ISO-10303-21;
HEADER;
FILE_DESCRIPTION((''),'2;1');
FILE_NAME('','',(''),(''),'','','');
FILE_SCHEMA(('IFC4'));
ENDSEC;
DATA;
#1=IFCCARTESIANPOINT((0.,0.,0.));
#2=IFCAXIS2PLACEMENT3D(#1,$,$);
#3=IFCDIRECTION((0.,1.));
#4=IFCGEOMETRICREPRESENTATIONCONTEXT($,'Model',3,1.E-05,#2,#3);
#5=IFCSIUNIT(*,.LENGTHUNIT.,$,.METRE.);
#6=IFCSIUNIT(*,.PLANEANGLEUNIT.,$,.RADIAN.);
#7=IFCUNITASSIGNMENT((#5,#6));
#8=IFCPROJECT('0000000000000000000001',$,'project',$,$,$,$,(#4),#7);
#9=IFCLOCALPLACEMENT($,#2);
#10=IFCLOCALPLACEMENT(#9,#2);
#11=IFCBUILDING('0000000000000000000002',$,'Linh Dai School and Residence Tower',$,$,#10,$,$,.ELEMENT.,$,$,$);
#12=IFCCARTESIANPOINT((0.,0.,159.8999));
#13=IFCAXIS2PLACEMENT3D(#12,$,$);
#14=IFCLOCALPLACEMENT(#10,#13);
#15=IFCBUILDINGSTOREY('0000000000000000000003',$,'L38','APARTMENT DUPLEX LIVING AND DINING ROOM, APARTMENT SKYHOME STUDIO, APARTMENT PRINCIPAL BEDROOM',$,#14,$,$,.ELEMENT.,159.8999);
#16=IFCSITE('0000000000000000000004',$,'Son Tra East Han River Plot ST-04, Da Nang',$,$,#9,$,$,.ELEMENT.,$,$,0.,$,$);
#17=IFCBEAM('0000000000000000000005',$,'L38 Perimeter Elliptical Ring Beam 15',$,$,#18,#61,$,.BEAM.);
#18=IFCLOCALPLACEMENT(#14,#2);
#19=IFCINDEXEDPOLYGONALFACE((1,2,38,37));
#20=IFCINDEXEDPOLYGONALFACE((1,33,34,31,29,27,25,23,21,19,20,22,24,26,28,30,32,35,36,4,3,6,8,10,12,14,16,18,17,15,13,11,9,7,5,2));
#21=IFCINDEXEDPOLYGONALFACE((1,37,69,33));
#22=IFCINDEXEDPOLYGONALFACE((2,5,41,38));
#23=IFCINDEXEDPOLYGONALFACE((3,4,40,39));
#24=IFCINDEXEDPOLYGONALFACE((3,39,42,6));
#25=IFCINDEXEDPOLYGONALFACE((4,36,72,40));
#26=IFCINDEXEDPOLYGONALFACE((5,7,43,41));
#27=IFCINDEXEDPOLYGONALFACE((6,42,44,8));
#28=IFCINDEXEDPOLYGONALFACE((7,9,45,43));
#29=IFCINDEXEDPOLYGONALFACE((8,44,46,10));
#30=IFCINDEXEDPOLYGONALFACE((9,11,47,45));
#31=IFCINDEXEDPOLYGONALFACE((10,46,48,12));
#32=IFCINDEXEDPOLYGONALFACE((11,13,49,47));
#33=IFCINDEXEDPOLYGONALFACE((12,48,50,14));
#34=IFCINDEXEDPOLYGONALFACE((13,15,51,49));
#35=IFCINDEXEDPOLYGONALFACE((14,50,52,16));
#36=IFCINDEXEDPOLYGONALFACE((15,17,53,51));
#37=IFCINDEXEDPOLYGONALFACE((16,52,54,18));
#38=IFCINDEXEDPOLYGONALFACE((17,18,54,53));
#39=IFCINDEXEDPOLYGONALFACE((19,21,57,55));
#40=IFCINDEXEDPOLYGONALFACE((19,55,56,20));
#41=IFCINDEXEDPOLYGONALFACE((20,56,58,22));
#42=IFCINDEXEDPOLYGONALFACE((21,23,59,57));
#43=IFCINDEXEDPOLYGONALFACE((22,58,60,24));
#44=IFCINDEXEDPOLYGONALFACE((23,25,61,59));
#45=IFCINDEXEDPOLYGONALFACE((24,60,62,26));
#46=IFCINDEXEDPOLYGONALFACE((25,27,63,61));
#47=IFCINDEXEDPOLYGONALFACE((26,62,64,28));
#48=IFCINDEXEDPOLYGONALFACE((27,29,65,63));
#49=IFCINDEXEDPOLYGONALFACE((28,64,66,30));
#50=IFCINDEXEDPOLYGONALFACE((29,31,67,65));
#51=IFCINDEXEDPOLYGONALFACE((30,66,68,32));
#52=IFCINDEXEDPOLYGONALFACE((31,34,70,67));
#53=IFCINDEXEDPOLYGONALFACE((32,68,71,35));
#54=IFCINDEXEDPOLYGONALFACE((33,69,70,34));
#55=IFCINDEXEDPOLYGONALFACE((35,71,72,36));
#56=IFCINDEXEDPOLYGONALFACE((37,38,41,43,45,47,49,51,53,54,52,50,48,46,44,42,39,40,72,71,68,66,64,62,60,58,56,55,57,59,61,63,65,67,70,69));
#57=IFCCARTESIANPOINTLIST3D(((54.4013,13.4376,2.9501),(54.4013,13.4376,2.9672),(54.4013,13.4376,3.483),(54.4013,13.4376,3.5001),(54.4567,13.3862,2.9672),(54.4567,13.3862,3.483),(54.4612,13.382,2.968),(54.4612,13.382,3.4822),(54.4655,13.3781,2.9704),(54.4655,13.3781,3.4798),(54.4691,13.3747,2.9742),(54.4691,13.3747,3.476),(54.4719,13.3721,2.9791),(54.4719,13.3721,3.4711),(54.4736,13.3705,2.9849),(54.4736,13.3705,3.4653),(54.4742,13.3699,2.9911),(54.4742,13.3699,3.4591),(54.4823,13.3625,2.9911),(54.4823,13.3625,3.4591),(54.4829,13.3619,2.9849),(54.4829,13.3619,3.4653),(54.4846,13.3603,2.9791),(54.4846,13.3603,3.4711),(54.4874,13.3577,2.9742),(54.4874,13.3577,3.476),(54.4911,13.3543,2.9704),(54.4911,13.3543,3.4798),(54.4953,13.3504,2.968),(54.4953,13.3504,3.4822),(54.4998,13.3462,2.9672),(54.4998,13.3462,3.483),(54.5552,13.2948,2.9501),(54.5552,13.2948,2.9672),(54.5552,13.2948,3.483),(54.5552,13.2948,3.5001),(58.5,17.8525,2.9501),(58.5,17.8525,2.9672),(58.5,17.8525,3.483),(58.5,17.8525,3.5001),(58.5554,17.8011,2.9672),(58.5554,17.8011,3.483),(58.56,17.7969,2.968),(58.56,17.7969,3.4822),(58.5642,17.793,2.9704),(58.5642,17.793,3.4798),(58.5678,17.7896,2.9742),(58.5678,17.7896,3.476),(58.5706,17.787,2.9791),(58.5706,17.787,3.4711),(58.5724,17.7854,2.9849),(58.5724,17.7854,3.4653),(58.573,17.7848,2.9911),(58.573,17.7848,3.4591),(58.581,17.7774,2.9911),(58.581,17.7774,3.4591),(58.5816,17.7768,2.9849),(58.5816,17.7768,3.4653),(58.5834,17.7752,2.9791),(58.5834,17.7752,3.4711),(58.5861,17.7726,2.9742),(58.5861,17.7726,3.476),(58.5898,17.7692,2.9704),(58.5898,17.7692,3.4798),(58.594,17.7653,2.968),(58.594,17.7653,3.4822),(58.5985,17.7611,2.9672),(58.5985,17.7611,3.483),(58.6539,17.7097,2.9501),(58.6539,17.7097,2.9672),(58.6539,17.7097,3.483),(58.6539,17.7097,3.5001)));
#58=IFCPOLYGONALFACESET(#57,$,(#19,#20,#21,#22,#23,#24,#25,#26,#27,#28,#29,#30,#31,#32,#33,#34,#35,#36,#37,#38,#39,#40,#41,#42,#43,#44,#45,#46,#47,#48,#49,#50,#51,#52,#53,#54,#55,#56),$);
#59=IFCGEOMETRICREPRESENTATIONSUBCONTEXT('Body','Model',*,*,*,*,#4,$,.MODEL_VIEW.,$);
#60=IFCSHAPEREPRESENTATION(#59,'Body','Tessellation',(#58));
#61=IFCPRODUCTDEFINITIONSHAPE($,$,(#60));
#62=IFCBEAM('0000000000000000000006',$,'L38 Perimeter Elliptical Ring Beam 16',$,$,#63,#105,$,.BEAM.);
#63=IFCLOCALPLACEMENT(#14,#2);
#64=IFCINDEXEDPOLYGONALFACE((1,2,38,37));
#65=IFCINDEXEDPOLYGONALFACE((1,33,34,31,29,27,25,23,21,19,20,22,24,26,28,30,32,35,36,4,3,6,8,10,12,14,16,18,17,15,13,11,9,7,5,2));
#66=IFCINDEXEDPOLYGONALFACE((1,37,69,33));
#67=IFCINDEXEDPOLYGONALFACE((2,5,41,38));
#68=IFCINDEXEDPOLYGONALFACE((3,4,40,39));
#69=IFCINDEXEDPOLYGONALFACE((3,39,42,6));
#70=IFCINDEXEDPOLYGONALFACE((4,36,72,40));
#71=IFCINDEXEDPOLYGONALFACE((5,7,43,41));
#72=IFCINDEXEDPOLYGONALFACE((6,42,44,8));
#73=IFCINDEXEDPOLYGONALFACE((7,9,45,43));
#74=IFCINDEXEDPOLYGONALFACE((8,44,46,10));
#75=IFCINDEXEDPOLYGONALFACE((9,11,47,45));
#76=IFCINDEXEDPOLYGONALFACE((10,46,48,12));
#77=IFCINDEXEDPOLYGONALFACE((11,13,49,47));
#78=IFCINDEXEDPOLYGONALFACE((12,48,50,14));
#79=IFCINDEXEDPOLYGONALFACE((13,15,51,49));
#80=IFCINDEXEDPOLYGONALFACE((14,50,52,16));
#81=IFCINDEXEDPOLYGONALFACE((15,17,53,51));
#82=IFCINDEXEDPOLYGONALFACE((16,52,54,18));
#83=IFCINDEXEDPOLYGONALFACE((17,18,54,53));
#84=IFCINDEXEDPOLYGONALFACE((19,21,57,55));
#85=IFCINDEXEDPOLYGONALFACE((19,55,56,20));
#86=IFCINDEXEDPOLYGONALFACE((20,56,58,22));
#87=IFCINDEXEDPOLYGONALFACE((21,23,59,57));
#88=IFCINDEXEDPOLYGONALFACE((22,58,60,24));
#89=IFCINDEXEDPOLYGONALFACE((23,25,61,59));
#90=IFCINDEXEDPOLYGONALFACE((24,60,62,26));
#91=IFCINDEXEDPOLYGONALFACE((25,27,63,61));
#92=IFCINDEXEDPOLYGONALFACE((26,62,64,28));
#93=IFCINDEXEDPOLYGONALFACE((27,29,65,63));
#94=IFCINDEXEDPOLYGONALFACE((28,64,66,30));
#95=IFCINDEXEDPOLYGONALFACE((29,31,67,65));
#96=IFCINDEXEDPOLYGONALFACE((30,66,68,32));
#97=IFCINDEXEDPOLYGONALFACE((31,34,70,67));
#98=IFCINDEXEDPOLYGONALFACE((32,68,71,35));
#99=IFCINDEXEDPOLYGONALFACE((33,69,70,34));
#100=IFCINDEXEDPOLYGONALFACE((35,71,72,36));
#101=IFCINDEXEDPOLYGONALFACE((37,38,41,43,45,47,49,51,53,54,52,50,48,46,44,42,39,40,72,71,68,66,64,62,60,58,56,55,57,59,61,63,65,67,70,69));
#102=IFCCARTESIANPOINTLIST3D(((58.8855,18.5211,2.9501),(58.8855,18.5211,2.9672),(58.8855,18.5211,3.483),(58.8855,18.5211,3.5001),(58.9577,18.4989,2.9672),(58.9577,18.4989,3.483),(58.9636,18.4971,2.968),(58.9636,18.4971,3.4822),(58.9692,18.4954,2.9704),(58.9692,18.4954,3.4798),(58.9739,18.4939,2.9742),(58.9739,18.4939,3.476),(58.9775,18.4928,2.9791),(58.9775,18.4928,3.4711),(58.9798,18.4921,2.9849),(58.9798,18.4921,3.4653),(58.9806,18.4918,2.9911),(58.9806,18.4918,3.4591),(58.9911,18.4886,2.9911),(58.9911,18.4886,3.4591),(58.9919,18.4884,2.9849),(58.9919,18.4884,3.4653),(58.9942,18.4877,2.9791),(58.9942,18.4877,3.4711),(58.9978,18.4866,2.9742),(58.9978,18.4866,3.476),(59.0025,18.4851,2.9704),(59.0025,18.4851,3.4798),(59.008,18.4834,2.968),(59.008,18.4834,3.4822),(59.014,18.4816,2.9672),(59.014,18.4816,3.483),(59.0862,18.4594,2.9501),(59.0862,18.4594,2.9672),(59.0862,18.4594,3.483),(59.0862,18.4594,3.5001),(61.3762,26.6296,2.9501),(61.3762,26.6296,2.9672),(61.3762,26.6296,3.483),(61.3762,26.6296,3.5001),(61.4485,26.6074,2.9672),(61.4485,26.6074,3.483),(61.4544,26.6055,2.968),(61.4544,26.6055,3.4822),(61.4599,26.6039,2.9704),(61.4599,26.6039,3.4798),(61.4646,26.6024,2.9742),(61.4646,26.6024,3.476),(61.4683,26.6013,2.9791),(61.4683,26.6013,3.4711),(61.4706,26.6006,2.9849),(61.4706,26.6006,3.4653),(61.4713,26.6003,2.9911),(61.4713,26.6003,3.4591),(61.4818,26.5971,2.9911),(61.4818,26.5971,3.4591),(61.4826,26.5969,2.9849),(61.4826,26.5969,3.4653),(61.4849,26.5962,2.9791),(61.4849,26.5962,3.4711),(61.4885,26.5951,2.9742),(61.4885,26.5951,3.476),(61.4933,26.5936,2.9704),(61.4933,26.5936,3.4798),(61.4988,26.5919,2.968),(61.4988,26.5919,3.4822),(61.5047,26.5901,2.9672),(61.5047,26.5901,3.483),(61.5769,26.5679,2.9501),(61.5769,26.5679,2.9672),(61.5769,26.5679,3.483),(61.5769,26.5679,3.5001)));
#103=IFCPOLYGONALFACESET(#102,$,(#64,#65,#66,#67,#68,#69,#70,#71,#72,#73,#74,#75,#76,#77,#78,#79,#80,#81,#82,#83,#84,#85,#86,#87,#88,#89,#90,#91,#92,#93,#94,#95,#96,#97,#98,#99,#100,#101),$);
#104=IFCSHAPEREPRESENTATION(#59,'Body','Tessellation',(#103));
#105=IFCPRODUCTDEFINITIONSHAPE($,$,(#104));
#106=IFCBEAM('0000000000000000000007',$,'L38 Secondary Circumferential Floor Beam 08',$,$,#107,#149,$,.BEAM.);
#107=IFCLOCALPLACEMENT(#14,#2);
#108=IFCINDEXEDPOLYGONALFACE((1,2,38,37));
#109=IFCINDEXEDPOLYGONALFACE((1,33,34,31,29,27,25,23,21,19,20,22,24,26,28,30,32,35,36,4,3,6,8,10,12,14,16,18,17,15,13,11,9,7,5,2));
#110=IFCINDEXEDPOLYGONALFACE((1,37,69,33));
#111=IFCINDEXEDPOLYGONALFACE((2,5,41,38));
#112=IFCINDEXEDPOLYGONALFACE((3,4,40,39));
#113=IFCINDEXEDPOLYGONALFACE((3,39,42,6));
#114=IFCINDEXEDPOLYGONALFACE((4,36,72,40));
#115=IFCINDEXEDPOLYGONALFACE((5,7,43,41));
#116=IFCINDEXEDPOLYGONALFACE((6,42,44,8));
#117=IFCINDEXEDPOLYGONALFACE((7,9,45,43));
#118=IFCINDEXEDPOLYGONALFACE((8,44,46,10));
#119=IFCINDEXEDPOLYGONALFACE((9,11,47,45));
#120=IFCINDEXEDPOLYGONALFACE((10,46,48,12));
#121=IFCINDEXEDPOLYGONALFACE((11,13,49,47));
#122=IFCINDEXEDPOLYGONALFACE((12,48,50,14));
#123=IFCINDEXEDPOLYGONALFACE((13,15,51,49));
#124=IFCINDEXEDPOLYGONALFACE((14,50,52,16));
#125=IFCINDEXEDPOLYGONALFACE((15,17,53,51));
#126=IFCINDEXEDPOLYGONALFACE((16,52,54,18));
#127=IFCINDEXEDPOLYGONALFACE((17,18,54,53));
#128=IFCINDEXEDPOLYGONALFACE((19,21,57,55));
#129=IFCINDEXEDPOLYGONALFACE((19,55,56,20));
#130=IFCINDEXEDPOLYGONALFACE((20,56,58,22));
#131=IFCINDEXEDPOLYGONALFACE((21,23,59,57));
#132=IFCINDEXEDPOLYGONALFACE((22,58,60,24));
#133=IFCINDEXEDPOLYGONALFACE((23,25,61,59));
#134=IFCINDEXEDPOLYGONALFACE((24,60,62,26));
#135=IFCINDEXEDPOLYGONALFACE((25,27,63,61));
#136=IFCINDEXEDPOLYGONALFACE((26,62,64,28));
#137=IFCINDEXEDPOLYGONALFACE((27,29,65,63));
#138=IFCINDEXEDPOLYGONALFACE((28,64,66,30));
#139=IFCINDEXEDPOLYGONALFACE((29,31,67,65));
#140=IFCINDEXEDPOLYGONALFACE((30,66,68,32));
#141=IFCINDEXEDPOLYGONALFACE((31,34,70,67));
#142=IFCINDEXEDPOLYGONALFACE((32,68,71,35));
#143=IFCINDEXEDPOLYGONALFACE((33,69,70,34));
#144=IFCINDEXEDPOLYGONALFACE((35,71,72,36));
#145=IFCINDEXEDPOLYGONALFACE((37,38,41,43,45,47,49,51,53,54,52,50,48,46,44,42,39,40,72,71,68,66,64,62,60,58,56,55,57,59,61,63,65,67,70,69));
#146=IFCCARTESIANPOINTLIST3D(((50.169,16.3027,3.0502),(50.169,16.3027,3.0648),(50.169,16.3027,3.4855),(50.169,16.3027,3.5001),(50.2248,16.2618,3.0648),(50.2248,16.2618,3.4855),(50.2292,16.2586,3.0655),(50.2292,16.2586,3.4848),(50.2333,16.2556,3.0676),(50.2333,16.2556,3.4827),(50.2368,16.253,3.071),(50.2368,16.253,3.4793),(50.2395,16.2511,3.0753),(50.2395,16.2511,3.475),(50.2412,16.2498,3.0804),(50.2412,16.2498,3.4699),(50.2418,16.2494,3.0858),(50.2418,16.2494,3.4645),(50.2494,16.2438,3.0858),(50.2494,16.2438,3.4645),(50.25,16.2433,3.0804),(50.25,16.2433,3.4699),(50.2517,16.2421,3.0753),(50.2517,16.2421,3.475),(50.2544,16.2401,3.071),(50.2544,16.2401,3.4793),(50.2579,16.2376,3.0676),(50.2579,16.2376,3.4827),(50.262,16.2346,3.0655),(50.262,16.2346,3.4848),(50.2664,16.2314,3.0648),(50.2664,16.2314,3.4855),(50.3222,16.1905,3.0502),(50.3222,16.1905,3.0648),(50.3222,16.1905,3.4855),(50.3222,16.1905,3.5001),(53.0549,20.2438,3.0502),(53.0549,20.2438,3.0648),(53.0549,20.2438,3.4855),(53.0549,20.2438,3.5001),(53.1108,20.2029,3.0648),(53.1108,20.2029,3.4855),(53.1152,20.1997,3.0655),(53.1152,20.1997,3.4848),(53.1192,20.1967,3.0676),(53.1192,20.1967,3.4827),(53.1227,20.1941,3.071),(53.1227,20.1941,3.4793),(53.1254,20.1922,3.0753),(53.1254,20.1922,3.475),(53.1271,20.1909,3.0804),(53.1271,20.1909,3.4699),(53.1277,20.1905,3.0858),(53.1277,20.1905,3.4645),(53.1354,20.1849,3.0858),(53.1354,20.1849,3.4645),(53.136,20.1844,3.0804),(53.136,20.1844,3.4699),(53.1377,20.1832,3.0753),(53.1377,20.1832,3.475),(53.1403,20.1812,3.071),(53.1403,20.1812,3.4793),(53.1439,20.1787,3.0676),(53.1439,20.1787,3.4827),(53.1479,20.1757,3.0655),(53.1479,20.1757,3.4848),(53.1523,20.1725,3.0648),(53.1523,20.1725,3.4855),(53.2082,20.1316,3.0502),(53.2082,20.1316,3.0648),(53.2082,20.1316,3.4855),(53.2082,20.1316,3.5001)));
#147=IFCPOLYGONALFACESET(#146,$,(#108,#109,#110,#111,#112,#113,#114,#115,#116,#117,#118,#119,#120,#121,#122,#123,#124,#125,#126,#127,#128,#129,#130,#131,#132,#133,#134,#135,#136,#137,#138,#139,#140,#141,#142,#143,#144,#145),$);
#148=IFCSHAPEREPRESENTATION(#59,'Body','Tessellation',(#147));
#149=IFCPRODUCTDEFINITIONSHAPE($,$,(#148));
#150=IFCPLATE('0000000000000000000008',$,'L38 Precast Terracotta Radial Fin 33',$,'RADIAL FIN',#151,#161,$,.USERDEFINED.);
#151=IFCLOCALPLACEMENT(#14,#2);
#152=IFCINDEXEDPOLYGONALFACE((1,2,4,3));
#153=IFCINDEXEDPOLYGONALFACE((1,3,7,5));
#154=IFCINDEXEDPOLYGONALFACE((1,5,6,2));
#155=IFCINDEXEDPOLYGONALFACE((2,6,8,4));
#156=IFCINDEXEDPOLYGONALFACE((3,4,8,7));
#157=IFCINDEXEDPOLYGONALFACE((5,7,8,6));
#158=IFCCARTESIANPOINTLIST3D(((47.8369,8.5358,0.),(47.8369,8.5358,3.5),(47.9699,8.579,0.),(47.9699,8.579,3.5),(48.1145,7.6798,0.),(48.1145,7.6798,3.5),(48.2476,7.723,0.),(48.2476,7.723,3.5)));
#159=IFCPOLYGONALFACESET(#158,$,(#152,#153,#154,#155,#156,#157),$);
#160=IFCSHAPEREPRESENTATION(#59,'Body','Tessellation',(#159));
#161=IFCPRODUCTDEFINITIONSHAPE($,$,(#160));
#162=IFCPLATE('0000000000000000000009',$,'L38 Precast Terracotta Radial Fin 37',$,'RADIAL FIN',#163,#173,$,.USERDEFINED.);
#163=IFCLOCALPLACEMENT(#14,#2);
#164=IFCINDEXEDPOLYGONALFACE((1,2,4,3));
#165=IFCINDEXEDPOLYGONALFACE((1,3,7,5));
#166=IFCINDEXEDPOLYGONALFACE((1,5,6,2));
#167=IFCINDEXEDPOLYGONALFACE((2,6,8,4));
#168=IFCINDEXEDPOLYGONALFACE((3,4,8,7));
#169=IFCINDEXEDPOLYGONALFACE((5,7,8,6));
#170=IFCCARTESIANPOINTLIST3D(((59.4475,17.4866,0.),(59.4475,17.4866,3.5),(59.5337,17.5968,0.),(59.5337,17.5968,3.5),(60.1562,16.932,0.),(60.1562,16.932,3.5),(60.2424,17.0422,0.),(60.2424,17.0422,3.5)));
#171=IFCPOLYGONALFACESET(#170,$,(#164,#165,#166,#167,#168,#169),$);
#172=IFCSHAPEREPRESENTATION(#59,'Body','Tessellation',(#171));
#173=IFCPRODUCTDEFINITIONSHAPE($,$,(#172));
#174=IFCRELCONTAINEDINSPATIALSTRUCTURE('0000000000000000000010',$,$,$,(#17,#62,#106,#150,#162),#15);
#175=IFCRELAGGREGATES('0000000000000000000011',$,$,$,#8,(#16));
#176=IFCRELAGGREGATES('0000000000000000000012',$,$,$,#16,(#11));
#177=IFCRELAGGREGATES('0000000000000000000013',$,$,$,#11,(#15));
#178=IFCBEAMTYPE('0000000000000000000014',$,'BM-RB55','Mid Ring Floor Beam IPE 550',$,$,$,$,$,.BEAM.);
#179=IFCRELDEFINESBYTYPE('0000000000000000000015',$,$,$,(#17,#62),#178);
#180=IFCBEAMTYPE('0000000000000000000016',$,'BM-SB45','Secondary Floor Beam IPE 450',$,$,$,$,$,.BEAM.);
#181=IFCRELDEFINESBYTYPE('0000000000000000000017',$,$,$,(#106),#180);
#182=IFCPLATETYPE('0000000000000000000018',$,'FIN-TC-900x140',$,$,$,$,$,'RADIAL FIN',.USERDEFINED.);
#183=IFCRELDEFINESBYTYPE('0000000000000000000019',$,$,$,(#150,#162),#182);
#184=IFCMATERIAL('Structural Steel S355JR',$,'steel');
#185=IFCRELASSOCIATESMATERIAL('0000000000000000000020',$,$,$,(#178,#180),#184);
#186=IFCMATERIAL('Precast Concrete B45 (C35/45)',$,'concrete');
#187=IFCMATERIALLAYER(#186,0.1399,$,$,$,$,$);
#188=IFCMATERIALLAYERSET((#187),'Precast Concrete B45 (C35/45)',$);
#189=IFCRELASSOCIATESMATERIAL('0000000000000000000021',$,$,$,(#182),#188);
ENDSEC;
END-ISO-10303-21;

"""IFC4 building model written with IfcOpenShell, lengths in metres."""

from ifc_helpers import new_model, si_unit, direction, frame, origin, origin_2d, place, context, subcontext, project, spatial, rectangle, i_section, extrude, source, transform, mapped, material, layer, layer_set, material_profile, profile_set, type_object, element, save


model = new_model("IFC4")

# Units and contexts
model_context = context("Model", 3, precision=1e-05, world=origin(), true_north=direction((0.0, 1.0)))
body_context = subcontext(model_context, "Body", "Model", "MODEL_VIEW")
ifc_project = project(units=[si_unit("LENGTHUNIT", "METRE"), si_unit("PLANEANGLEUNIT", "RADIAN")], contexts=[model_context])

# Site, building, storey
site_placement = place(None, origin())
site = spatial("IfcSite", under=ifc_project, at=site_placement, Name="Son Tra East Han River Plot ST-04, Da Nang", CompositionType="ELEMENT", RefElevation=0.0)
building_placement = place(site_placement, origin())
building = spatial("IfcBuilding", under=site, at=building_placement, Name="Linh Dai School and Residence Tower", CompositionType="ELEMENT")
storey_placement = place(building_placement, frame((0.0, 0.0, 159.8999)))
storey = spatial("IfcBuildingStorey", under=building, at=storey_placement, Name="L38", Description="APARTMENT DUPLEX LIVING AND DINING ROOM, APARTMENT SKYHOME STUDIO, APARTMENT PRINCIPAL BEDROOM", CompositionType="ELEMENT", Elevation=159.8999)

# Shared definitions
ifc_material_1 = material(Name="Structural Steel S355JR", Category="steel")

# Beams
ifc_material_profile_1 = material_profile(ifc_material_1, i_section(OverallWidth=0.21, OverallDepth=0.55, WebThickness=0.011, FlangeThickness=0.0171, FilletRadius=0.0239, at=origin_2d()), Name="IPE 550")
ifc_profile_set_1 = profile_set([ifc_material_profile_1], Name="Structural Steel S355JR")
beam_type_1 = type_object("IfcBeamType", Name="BM-RB55", Description="Mid Ring Floor Beam IPE 550", PredefinedType="BEAM", material=ifc_profile_set_1)
beam_1_placement = place(storey_placement, frame((54.4783, 13.3662, 3.2251), z_axis=(0.680378, 0.732861, 0.0), x_axis=(-0.732861, 0.680378, 0.0)))
element("IfcBeam", 1, at=beam_1_placement, inside=storey, type_object=beam_type_1, Name="L38 Perimeter Elliptical Ring Beam 15", PredefinedType="BEAM", context=body_context, shape_type="SweptSolid", body=[
    extrude(i_section(OverallWidth=0.21, OverallDepth=0.55, WebThickness=0.011, FlangeThickness=0.0171, FilletRadius=0.0239, at=origin_2d()), origin(), (0.0, 0.0, 1.0), 6.0242),
])
beam_2_placement = place(storey_placement, frame((58.9858, 18.4902, 3.2251), z_axis=(0.293637, 0.955917, 0.0), x_axis=(-0.955917, 0.293637, 0.0)))
element("IfcBeam", 2, at=beam_2_placement, inside=storey, type_object=beam_type_1, Name="L38 Perimeter Elliptical Ring Beam 16", PredefinedType="BEAM", context=body_context, shape_type="SweptSolid", body=[
    extrude(i_section(OverallWidth=0.21, OverallDepth=0.55, WebThickness=0.011, FlangeThickness=0.0171, FilletRadius=0.0239, at=origin_2d()), origin(), (0.0, 0.0, 1.0), 8.4824),
])
ifc_material_profile_2 = material_profile(ifc_material_1, i_section(OverallWidth=0.1899, OverallDepth=0.45, WebThickness=0.0095, FlangeThickness=0.0146, FilletRadius=0.021, at=origin_2d()), Name="IPE 450")
ifc_profile_set_2 = profile_set([ifc_material_profile_2], Name="Structural Steel S355JR")
beam_type_2 = type_object("IfcBeamType", Name="BM-SB45", Description="Secondary Floor Beam IPE 450", PredefinedType="BEAM", material=ifc_profile_set_2)
beam_3_placement = place(storey_placement, frame((50.2456, 16.2466, 3.2751), z_axis=(0.590805, 0.806815, 0.0), x_axis=(-0.806815, 0.590805, 0.0)))
element("IfcBeam", 3, at=beam_3_placement, inside=storey, type_object=beam_type_2, Name="L38 Secondary Circumferential Floor Beam 08", PredefinedType="BEAM", context=body_context, shape_type="SweptSolid", body=[
    extrude(i_section(OverallWidth=0.1899, OverallDepth=0.45, WebThickness=0.0095, FlangeThickness=0.0146, FilletRadius=0.021, at=origin_2d()), origin(), (0.0, 0.0, 1.0), 4.8848),
])

# Plates
ifc_material_2 = material(Name="Precast Concrete B45 (C35/45)", Category="concrete")
ifc_layer_1 = layer(ifc_material_2, 0.1399)
ifc_layer_set_1 = layer_set([ifc_layer_1], Name="Precast Concrete B45 (C35/45)")
plate_type = type_object("IfcPlateType", Name="FIN-TC-900x140", ElementType="RADIAL FIN", PredefinedType="USERDEFINED", material=ifc_layer_set_1)
shared_shape_1 = source(origin(), body_context, "Body", "SweptSolid", [
    extrude(rectangle(XDim=0.8999, YDim=0.1399, at=origin_2d()), origin(), (0.0, 0.0, 1.0), 3.5),
])
for number, where, z_axis, x_axis, name in (
    (4, (48.0422, 8.1294, 0.0), (0.0, 0.0, 1.0), (0.308536, -0.951213, 0.0), "L38 Precast Terracotta Radial Fin 33"),
    (5, (59.845, 17.2644, 0.0), (0.0, 0.0, 1.0), (0.787522, -0.616286, 0.0), "L38 Precast Terracotta Radial Fin 37"),
):
    element("IfcPlate", number, at=place(storey_placement, frame(where, z_axis=z_axis, x_axis=x_axis)), inside=storey, type_object=plate_type, Name=name, ObjectType="RADIAL FIN", PredefinedType="USERDEFINED", context=body_context, shape_type="MappedRepresentation", body=[
        mapped(shared_shape_1, transform((0.0, 0.0, 0.0), x_axis=(1.0, 0.0, 0.0), y_axis=(0.0, 1.0, 0.0), z_axis=(0.0, 0.0, 1.0), scale=1.0)),
    ])

save(model, "model.ifc")
